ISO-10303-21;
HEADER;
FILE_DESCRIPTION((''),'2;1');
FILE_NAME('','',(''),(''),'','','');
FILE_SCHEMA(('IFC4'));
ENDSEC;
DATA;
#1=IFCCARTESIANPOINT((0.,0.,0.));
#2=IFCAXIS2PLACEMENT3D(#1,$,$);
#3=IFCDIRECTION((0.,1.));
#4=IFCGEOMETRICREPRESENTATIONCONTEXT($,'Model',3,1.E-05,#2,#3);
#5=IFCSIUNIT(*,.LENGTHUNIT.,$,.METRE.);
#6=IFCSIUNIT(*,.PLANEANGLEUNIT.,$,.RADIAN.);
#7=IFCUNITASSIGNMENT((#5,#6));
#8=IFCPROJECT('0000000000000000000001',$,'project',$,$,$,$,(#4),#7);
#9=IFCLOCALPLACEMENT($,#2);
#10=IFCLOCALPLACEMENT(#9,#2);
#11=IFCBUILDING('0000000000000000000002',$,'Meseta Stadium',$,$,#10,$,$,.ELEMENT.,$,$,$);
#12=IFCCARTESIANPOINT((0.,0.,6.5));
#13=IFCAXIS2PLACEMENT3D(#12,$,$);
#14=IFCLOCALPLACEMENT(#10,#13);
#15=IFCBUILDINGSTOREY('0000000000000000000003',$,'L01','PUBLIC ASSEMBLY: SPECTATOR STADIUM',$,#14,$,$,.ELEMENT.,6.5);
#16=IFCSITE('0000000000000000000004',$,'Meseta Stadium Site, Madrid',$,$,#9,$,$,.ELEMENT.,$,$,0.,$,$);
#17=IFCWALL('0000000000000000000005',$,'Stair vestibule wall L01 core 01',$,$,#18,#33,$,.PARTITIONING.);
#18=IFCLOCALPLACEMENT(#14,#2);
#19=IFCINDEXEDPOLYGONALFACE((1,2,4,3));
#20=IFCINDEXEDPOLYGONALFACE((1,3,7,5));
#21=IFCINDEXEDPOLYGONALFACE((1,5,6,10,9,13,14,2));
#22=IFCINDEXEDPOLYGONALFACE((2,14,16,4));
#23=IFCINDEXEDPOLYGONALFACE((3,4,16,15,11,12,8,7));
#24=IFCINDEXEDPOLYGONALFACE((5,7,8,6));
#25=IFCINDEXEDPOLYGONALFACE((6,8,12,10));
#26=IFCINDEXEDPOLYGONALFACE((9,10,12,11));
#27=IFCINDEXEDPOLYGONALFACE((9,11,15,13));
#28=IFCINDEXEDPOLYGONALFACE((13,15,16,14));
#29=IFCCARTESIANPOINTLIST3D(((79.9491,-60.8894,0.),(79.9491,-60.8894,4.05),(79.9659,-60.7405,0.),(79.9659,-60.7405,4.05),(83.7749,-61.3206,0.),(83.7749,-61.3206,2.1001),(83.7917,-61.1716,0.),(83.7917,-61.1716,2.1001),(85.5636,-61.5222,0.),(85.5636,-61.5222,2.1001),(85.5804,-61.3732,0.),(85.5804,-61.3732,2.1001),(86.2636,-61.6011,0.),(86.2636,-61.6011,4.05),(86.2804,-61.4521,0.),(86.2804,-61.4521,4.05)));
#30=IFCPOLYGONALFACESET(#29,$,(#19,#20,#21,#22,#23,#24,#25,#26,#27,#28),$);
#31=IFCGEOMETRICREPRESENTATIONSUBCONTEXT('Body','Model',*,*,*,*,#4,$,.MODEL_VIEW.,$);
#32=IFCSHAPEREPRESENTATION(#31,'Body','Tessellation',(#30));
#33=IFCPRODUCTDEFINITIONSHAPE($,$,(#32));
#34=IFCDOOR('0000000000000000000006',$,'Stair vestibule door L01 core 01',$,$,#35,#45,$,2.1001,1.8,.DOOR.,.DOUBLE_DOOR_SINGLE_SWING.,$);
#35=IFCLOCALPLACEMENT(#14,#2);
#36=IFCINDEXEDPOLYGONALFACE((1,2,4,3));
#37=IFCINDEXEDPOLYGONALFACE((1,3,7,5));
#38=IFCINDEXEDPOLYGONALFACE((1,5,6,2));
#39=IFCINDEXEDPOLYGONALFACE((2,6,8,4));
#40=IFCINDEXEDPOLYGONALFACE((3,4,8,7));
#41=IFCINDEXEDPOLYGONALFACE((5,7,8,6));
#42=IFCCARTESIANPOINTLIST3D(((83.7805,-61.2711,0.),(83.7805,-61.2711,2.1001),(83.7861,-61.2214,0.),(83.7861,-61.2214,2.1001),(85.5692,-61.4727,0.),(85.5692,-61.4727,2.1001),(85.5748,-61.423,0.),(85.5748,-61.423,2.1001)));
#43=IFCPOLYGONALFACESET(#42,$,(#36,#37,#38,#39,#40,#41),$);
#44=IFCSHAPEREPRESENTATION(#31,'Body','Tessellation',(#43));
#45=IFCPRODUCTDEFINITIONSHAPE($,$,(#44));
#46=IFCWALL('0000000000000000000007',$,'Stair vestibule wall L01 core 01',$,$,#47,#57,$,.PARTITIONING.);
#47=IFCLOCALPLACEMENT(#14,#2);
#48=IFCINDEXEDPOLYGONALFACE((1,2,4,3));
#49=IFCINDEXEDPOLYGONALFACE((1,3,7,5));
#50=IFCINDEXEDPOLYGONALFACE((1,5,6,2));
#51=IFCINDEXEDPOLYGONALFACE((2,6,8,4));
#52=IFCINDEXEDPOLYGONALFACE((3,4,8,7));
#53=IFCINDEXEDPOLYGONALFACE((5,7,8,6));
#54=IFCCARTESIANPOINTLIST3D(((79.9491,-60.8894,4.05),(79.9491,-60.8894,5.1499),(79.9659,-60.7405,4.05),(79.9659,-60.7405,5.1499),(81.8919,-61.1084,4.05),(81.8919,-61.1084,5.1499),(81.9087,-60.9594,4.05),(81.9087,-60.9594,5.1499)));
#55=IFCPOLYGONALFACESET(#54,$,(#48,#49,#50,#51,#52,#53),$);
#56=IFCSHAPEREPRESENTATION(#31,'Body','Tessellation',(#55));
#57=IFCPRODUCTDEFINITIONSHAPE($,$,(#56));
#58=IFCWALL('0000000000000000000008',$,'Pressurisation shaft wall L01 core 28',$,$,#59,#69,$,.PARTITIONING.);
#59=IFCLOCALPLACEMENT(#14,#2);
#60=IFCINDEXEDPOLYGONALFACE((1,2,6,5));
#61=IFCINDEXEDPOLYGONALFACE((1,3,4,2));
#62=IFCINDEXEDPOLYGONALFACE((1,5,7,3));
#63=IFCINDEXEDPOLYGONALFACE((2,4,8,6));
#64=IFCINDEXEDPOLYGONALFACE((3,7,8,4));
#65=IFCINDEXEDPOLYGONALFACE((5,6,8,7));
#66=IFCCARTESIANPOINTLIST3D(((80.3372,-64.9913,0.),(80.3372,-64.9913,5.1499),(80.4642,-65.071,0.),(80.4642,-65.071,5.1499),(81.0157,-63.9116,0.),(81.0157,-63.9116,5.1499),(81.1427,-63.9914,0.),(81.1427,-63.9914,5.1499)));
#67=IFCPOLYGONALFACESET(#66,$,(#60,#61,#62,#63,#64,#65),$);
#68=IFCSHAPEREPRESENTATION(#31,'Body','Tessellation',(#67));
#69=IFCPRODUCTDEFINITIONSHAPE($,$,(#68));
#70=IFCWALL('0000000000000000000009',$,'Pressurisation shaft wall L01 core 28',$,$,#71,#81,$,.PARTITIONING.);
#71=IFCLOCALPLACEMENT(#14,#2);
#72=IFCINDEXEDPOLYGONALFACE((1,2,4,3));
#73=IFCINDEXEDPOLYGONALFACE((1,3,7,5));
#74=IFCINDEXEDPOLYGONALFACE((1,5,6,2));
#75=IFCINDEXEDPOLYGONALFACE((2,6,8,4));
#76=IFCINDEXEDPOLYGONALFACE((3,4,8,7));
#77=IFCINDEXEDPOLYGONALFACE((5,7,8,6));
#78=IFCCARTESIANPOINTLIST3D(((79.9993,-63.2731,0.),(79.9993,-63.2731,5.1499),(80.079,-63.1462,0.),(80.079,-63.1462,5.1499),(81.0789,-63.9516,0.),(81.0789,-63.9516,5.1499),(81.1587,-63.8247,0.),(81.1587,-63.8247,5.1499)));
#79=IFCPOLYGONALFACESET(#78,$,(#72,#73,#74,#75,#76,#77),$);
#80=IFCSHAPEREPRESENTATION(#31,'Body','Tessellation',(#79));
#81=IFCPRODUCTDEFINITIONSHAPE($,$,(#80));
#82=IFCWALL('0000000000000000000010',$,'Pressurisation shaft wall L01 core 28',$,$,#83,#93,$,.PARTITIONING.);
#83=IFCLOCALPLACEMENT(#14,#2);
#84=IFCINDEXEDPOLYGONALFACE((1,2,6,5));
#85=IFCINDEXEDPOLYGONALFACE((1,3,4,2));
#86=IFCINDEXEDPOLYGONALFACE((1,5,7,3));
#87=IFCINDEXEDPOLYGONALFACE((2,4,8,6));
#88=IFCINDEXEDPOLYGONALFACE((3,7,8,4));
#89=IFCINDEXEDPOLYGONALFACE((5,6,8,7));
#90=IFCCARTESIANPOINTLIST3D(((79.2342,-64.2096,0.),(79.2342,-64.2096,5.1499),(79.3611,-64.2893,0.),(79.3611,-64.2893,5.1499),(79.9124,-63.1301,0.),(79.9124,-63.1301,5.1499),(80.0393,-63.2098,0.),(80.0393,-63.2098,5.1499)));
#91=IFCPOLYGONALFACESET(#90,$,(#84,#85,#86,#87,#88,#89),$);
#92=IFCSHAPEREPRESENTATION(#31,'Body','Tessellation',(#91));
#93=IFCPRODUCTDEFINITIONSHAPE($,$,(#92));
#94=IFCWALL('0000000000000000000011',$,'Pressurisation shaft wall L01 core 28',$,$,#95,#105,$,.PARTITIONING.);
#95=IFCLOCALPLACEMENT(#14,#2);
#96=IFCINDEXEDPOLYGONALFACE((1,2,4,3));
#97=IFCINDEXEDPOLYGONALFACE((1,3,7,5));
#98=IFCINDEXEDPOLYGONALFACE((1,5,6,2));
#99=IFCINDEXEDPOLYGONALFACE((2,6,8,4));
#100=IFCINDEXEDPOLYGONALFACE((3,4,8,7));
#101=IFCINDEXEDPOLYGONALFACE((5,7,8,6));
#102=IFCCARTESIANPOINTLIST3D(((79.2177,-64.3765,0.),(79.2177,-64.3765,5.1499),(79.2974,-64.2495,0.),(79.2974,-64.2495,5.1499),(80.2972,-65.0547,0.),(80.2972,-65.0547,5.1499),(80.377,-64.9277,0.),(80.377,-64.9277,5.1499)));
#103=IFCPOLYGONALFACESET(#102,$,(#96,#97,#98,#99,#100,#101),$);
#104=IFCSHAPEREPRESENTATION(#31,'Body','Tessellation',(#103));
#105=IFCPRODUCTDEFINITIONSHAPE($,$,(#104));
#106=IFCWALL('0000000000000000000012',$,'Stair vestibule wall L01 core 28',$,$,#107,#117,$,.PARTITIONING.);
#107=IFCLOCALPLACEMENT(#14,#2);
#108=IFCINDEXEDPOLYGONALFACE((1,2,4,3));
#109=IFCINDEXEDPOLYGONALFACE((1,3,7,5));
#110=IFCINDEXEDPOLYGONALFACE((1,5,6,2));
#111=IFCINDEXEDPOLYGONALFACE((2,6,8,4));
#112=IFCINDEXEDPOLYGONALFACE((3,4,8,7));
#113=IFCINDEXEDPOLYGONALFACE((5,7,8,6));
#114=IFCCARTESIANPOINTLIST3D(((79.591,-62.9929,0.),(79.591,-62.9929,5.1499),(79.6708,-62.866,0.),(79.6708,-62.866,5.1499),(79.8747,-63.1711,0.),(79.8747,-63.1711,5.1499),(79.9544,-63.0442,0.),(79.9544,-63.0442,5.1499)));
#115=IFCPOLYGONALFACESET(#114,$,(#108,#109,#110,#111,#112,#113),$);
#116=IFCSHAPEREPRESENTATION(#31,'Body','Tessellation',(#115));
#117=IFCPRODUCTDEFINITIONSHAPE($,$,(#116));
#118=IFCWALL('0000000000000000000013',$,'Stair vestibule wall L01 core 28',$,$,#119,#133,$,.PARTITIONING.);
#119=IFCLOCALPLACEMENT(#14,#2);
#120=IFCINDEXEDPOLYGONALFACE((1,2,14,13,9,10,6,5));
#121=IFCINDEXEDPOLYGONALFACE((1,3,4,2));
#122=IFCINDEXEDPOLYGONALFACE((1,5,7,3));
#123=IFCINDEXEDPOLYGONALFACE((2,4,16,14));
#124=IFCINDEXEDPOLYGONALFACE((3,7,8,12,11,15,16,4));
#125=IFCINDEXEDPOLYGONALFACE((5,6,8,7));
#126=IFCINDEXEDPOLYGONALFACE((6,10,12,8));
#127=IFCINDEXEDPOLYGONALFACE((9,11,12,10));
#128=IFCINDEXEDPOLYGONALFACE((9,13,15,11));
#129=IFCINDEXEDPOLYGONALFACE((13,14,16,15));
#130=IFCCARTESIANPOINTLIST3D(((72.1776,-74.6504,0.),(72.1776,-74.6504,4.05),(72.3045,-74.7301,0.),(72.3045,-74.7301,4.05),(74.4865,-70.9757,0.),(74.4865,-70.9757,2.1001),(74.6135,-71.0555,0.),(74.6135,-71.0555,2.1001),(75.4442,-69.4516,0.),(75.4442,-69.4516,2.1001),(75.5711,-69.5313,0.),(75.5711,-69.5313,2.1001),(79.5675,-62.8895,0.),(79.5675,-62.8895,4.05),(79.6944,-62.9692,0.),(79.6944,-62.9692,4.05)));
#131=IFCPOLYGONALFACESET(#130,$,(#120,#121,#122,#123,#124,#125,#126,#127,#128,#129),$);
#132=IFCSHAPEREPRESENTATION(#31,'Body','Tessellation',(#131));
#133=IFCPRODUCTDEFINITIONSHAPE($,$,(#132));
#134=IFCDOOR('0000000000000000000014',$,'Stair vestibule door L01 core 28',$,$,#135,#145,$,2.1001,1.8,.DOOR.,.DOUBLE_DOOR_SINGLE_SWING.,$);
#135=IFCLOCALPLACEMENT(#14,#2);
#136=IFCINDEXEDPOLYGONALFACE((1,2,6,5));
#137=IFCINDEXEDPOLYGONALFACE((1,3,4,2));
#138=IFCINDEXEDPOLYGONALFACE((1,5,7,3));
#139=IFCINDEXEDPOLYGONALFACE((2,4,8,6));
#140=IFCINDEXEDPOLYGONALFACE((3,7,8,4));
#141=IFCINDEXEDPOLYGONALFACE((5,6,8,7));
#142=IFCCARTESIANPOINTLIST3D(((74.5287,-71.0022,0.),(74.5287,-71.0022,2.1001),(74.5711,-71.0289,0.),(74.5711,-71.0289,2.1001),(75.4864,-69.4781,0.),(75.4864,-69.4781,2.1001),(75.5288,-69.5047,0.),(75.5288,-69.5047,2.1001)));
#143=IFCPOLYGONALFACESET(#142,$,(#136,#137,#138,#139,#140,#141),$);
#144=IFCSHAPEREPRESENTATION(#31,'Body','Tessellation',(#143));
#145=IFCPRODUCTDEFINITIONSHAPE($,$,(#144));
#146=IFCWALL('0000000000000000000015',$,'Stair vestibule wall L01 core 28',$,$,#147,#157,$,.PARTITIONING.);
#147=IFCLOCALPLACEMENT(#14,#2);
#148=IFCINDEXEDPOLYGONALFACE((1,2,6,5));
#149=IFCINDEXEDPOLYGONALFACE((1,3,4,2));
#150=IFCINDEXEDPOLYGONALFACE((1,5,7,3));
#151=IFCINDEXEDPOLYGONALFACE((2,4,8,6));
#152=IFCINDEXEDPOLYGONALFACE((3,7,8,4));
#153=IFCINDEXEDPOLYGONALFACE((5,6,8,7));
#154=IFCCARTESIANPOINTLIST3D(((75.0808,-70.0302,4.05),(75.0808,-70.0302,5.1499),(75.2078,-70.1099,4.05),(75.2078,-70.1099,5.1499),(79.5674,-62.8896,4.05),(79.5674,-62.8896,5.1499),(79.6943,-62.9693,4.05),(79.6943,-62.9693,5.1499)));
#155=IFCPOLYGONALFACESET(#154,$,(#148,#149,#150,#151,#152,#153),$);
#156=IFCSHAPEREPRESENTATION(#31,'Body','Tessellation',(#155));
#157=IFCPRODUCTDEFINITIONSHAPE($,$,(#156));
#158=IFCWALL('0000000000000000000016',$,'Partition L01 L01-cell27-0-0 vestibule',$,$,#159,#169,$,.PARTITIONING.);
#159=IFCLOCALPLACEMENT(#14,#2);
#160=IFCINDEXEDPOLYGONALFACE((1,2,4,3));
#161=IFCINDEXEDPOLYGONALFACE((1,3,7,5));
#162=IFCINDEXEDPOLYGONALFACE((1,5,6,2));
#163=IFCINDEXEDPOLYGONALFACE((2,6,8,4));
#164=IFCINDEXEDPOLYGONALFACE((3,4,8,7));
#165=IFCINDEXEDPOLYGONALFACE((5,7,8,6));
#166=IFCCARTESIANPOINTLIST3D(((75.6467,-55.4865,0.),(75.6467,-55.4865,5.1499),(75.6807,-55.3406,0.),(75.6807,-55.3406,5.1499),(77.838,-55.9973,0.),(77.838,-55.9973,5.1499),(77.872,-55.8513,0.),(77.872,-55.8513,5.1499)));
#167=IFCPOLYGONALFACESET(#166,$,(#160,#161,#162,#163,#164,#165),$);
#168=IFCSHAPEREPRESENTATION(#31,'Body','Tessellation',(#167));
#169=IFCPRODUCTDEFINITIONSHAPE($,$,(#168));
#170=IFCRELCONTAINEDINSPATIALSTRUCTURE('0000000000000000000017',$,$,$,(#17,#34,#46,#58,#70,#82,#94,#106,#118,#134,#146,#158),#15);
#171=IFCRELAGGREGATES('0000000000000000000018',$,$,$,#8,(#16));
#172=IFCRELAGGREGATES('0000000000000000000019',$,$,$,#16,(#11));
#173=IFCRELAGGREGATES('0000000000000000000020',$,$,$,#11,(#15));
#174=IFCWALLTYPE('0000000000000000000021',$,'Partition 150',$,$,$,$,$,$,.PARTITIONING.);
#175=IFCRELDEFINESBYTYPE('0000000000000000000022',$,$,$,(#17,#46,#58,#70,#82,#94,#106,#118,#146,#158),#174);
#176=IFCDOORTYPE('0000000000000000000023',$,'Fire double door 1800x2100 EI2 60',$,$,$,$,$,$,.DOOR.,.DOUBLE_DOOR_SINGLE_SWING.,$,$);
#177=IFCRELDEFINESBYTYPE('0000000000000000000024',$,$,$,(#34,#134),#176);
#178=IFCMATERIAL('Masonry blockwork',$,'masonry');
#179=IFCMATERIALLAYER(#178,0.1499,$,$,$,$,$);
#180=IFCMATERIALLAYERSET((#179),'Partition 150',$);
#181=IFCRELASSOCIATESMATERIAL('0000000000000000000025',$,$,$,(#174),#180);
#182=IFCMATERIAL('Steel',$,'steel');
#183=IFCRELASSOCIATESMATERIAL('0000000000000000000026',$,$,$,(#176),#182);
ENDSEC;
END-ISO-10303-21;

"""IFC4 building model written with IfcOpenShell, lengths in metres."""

from ifc_helpers import new_model, si_unit, direction, frame, frame_2d, origin, place, context, subcontext, project, spatial, rectangle, extrude, material, layer, layer_set, type_object, element, fill, save


model = new_model("IFC4")

# Units and contexts
model_context = context("Model", 3, precision=1e-05, world=origin(), true_north=direction((0.0, 1.0)))
body_context = subcontext(model_context, "Body", "Model", "MODEL_VIEW")
ifc_project = project(units=[si_unit("LENGTHUNIT", "METRE"), si_unit("PLANEANGLEUNIT", "RADIAN")], contexts=[model_context])

# Site, building, storey
site_placement = place(None, origin())
site = spatial("IfcSite", under=ifc_project, at=site_placement, Name="Meseta Stadium Site, Madrid", CompositionType="ELEMENT", RefElevation=0.0)
building_placement = place(site_placement, origin())
building = spatial("IfcBuilding", under=site, at=building_placement, Name="Meseta Stadium", CompositionType="ELEMENT")
storey_placement = place(building_placement, frame((0.0, 0.0, 6.5)))
storey = spatial("IfcBuildingStorey", under=building, at=storey_placement, Name="L01", Description="PUBLIC ASSEMBLY: SPECTATOR STADIUM", CompositionType="ELEMENT", Elevation=6.5)

# Shared definitions
ifc_material_1 = material(Name="Masonry blockwork", Category="masonry")
ifc_layer_1 = layer(ifc_material_1, 0.1499)
ifc_layer_set_1 = layer_set([ifc_layer_1], Name="Partition 150")
wall_type_1 = type_object("IfcWallType", Name="Partition 150", PredefinedType="PARTITIONING", material=ifc_layer_set_1)

# Wall, opening, door
wall_1_placement = place(storey_placement, frame((79.9575, -60.8149, 0.0), z_axis=(0.0, 0.0, 1.0), x_axis=(0.993709, -0.111996, 0.0)))
wall_1 = element("IfcWall", 1, at=wall_1_placement, inside=storey, type_object=wall_type_1, Name="Stair vestibule wall L01 core 01", PredefinedType="PARTITIONING", context=body_context, shape_type="SweptSolid", body=[
    extrude(rectangle(XDim=6.3545, YDim=0.1499, at=frame_2d((3.1772, 0.0))), origin(), (0.0, 0.0, 1.0), 4.05),
])
opening_1_placement = place(wall_1_placement, frame((3.8501, 0.0, 0.0)))
opening_1 = element("IfcOpeningElement", 2, at=opening_1_placement, cuts=wall_1, PredefinedType="OPENING", context=body_context, shape_type="SweptSolid", body=[
    extrude(rectangle(XDim=1.8, YDim=2.1001, at=frame_2d((0.8999, 1.05))), frame((0.0, 0.085, 0.0), z_axis=(0.0, -1.0, 0.0), x_axis=(1.0, 0.0, 0.0)), (0.0, 0.0, 1.0), 0.1699),
])
ifc_material_2 = material(Name="Steel", Category="steel")
door_type_1 = type_object("IfcDoorType", Name="Fire double door 1800x2100 EI2 60", OperationType="DOUBLE_DOOR_SINGLE_SWING", PredefinedType="DOOR", material=ifc_material_2)
door_1_placement = place(opening_1_placement, origin())
door_1 = element("IfcDoor", 3, at=door_1_placement, inside=storey, type_object=door_type_1, Name="Stair vestibule door L01 core 01", OperationType="DOUBLE_DOOR_SINGLE_SWING", OverallHeight=2.1001, OverallWidth=1.8, PredefinedType="DOOR", context=body_context, shape_type="SweptSolid", body=[
    extrude(rectangle(XDim=1.8, YDim=2.1001, at=frame_2d((0.8999, 1.05))), frame((0.0, 0.0249, 0.0), z_axis=(0.0, -1.0, 0.0), x_axis=(1.0, 0.0, 0.0)), (0.0, 0.0, 1.0), 0.05),
])
fill(opening_1, door_1)

# Walls
wall_2_placement = place(storey_placement, frame((79.9575, -60.8149, 4.05), z_axis=(0.0, 0.0, 1.0), x_axis=(0.993707, -0.112007, 0.0)))
element("IfcWall", 4, at=wall_2_placement, inside=storey, type_object=wall_type_1, Name="Stair vestibule wall L01 core 01", PredefinedType="PARTITIONING", context=body_context, shape_type="SweptSolid", body=[
    extrude(rectangle(XDim=1.9551, YDim=0.1499, at=frame_2d((0.9775, 0.0))), origin(), (0.0, 0.0, 1.0), 1.0999),
])
for number, where, z_axis, x_axis, name in (
    (5, (80.4006, -65.0312, 0.0), (0.0, 0.0, 1.0), (0.532097, 0.846683, 0.0), "Pressurisation shaft wall L01 core 28"),
    (6, (81.1189, -63.8882, 0.0), (0.0, 0.0, 1.0), (-0.846683, 0.532097, 0.0), "Pressurisation shaft wall L01 core 28"),
):
    element("IfcWall", number, at=place(storey_placement, frame(where, z_axis=z_axis, x_axis=x_axis)), inside=storey, type_object=wall_type_1, Name=name, PredefinedType="PARTITIONING", context=body_context, shape_type="SweptSolid", body=[
        extrude(rectangle(XDim=1.2751, YDim=0.1499, at=frame_2d((0.6377, 0.0))), origin(), (0.0, 0.0, 1.0), 5.1499),
    ])
for number, where, z_axis, x_axis, name in (
    (7, (79.9758, -63.1699, 0.0), (0.0, 0.0, 1.0), (-0.53196, -0.84677, 0.0), "Pressurisation shaft wall L01 core 28"),
    (8, (79.2576, -64.313, 0.0), (0.0, 0.0, 1.0), (0.84677, -0.53196, 0.0), "Pressurisation shaft wall L01 core 28"),
):
    element("IfcWall", number, at=place(storey_placement, frame(where, z_axis=z_axis, x_axis=x_axis)), inside=storey, type_object=wall_type_1, Name=name, PredefinedType="PARTITIONING", context=body_context, shape_type="SweptSolid", body=[
        extrude(rectangle(XDim=1.2749, YDim=0.1499, at=frame_2d((0.6375, 0.0))), origin(), (0.0, 0.0, 1.0), 5.1499),
    ])
wall_3_placement = place(storey_placement, frame((79.9146, -63.1077, 0.0), z_axis=(0.0, 0.0, 1.0), x_axis=(-0.846768, 0.531963, 0.0)))
element("IfcWall", 9, at=wall_3_placement, inside=storey, type_object=wall_type_1, Name="Stair vestibule wall L01 core 28", PredefinedType="PARTITIONING", context=body_context, shape_type="SweptSolid", body=[
    extrude(rectangle(XDim=0.335, YDim=0.1499, at=frame_2d((0.1675, 0.0))), origin(), (0.0, 0.0, 1.0), 5.1499),
])

# Wall, opening, door
wall_4_placement = place(storey_placement, frame((79.6309, -62.9294, 0.0), z_axis=(0.0, 0.0, 1.0), x_axis=(-0.532031, -0.846725, 0.0)))
wall_4 = element("IfcWall", 10, at=wall_4_placement, inside=storey, type_object=wall_type_1, Name="Stair vestibule wall L01 core 28", PredefinedType="PARTITIONING", context=body_context, shape_type="SweptSolid", body=[
    extrude(rectangle(XDim=13.8899, YDim=0.1499, at=frame_2d((6.9448, 0.0))), origin(), (0.0, 0.0, 1.0), 4.05),
])
opening_2_placement = place(wall_4_placement, frame((7.75, 0.0, 0.0)))
opening_2 = element("IfcOpeningElement", 11, at=opening_2_placement, cuts=wall_4, PredefinedType="OPENING", context=body_context, shape_type="SweptSolid", body=[
    extrude(rectangle(XDim=1.8, YDim=2.1001, at=frame_2d((0.8999, 1.05))), frame((0.0, 0.085, 0.0), z_axis=(0.0, -1.0, 0.0), x_axis=(1.0, 0.0, 0.0)), (0.0, 0.0, 1.0), 0.1699),
])
door_2_placement = place(opening_2_placement, origin())
door_2 = element("IfcDoor", 12, at=door_2_placement, inside=storey, type_object=door_type_1, Name="Stair vestibule door L01 core 28", OperationType="DOUBLE_DOOR_SINGLE_SWING", OverallHeight=2.1001, OverallWidth=1.8, PredefinedType="DOOR", context=body_context, shape_type="SweptSolid", body=[
    extrude(rectangle(XDim=1.8, YDim=2.1001, at=frame_2d((0.8999, 1.05))), frame((0.0, 0.0249, 0.0), z_axis=(0.0, -1.0, 0.0), x_axis=(1.0, 0.0, 0.0)), (0.0, 0.0, 1.0), 0.05),
])
fill(opening_2, door_2)

# Walls
wall_5_placement = place(storey_placement, frame((79.6309, -62.9294, 4.05), z_axis=(0.0, 0.0, 1.0), x_axis=(-0.532017, -0.846734, 0.0)))
element("IfcWall", 13, at=wall_5_placement, inside=storey, type_object=wall_type_1, Name="Stair vestibule wall L01 core 28", PredefinedType="PARTITIONING", context=body_context, shape_type="SweptSolid", body=[
    extrude(rectangle(XDim=8.4331, YDim=0.1499, at=frame_2d((4.2166, 0.0))), origin(), (0.0, 0.0, 1.0), 1.0999),
])
wall_6_placement = place(storey_placement, frame((77.855, -55.9243, 0.0), z_axis=(0.0, 0.0, 1.0), x_axis=(-0.973893, 0.227007, 0.0)))
element("IfcWall", 14, at=wall_6_placement, inside=storey, type_object=wall_type_1, Name="Partition L01 L01-cell27-0-0 vestibule", PredefinedType="PARTITIONING", context=body_context, shape_type="SweptSolid", body=[
    extrude(rectangle(XDim=2.25, YDim=0.1499, at=frame_2d((1.125, 0.0))), origin(), (0.0, 0.0, 1.0), 5.1499),
])

save(model, "model.ifc")
